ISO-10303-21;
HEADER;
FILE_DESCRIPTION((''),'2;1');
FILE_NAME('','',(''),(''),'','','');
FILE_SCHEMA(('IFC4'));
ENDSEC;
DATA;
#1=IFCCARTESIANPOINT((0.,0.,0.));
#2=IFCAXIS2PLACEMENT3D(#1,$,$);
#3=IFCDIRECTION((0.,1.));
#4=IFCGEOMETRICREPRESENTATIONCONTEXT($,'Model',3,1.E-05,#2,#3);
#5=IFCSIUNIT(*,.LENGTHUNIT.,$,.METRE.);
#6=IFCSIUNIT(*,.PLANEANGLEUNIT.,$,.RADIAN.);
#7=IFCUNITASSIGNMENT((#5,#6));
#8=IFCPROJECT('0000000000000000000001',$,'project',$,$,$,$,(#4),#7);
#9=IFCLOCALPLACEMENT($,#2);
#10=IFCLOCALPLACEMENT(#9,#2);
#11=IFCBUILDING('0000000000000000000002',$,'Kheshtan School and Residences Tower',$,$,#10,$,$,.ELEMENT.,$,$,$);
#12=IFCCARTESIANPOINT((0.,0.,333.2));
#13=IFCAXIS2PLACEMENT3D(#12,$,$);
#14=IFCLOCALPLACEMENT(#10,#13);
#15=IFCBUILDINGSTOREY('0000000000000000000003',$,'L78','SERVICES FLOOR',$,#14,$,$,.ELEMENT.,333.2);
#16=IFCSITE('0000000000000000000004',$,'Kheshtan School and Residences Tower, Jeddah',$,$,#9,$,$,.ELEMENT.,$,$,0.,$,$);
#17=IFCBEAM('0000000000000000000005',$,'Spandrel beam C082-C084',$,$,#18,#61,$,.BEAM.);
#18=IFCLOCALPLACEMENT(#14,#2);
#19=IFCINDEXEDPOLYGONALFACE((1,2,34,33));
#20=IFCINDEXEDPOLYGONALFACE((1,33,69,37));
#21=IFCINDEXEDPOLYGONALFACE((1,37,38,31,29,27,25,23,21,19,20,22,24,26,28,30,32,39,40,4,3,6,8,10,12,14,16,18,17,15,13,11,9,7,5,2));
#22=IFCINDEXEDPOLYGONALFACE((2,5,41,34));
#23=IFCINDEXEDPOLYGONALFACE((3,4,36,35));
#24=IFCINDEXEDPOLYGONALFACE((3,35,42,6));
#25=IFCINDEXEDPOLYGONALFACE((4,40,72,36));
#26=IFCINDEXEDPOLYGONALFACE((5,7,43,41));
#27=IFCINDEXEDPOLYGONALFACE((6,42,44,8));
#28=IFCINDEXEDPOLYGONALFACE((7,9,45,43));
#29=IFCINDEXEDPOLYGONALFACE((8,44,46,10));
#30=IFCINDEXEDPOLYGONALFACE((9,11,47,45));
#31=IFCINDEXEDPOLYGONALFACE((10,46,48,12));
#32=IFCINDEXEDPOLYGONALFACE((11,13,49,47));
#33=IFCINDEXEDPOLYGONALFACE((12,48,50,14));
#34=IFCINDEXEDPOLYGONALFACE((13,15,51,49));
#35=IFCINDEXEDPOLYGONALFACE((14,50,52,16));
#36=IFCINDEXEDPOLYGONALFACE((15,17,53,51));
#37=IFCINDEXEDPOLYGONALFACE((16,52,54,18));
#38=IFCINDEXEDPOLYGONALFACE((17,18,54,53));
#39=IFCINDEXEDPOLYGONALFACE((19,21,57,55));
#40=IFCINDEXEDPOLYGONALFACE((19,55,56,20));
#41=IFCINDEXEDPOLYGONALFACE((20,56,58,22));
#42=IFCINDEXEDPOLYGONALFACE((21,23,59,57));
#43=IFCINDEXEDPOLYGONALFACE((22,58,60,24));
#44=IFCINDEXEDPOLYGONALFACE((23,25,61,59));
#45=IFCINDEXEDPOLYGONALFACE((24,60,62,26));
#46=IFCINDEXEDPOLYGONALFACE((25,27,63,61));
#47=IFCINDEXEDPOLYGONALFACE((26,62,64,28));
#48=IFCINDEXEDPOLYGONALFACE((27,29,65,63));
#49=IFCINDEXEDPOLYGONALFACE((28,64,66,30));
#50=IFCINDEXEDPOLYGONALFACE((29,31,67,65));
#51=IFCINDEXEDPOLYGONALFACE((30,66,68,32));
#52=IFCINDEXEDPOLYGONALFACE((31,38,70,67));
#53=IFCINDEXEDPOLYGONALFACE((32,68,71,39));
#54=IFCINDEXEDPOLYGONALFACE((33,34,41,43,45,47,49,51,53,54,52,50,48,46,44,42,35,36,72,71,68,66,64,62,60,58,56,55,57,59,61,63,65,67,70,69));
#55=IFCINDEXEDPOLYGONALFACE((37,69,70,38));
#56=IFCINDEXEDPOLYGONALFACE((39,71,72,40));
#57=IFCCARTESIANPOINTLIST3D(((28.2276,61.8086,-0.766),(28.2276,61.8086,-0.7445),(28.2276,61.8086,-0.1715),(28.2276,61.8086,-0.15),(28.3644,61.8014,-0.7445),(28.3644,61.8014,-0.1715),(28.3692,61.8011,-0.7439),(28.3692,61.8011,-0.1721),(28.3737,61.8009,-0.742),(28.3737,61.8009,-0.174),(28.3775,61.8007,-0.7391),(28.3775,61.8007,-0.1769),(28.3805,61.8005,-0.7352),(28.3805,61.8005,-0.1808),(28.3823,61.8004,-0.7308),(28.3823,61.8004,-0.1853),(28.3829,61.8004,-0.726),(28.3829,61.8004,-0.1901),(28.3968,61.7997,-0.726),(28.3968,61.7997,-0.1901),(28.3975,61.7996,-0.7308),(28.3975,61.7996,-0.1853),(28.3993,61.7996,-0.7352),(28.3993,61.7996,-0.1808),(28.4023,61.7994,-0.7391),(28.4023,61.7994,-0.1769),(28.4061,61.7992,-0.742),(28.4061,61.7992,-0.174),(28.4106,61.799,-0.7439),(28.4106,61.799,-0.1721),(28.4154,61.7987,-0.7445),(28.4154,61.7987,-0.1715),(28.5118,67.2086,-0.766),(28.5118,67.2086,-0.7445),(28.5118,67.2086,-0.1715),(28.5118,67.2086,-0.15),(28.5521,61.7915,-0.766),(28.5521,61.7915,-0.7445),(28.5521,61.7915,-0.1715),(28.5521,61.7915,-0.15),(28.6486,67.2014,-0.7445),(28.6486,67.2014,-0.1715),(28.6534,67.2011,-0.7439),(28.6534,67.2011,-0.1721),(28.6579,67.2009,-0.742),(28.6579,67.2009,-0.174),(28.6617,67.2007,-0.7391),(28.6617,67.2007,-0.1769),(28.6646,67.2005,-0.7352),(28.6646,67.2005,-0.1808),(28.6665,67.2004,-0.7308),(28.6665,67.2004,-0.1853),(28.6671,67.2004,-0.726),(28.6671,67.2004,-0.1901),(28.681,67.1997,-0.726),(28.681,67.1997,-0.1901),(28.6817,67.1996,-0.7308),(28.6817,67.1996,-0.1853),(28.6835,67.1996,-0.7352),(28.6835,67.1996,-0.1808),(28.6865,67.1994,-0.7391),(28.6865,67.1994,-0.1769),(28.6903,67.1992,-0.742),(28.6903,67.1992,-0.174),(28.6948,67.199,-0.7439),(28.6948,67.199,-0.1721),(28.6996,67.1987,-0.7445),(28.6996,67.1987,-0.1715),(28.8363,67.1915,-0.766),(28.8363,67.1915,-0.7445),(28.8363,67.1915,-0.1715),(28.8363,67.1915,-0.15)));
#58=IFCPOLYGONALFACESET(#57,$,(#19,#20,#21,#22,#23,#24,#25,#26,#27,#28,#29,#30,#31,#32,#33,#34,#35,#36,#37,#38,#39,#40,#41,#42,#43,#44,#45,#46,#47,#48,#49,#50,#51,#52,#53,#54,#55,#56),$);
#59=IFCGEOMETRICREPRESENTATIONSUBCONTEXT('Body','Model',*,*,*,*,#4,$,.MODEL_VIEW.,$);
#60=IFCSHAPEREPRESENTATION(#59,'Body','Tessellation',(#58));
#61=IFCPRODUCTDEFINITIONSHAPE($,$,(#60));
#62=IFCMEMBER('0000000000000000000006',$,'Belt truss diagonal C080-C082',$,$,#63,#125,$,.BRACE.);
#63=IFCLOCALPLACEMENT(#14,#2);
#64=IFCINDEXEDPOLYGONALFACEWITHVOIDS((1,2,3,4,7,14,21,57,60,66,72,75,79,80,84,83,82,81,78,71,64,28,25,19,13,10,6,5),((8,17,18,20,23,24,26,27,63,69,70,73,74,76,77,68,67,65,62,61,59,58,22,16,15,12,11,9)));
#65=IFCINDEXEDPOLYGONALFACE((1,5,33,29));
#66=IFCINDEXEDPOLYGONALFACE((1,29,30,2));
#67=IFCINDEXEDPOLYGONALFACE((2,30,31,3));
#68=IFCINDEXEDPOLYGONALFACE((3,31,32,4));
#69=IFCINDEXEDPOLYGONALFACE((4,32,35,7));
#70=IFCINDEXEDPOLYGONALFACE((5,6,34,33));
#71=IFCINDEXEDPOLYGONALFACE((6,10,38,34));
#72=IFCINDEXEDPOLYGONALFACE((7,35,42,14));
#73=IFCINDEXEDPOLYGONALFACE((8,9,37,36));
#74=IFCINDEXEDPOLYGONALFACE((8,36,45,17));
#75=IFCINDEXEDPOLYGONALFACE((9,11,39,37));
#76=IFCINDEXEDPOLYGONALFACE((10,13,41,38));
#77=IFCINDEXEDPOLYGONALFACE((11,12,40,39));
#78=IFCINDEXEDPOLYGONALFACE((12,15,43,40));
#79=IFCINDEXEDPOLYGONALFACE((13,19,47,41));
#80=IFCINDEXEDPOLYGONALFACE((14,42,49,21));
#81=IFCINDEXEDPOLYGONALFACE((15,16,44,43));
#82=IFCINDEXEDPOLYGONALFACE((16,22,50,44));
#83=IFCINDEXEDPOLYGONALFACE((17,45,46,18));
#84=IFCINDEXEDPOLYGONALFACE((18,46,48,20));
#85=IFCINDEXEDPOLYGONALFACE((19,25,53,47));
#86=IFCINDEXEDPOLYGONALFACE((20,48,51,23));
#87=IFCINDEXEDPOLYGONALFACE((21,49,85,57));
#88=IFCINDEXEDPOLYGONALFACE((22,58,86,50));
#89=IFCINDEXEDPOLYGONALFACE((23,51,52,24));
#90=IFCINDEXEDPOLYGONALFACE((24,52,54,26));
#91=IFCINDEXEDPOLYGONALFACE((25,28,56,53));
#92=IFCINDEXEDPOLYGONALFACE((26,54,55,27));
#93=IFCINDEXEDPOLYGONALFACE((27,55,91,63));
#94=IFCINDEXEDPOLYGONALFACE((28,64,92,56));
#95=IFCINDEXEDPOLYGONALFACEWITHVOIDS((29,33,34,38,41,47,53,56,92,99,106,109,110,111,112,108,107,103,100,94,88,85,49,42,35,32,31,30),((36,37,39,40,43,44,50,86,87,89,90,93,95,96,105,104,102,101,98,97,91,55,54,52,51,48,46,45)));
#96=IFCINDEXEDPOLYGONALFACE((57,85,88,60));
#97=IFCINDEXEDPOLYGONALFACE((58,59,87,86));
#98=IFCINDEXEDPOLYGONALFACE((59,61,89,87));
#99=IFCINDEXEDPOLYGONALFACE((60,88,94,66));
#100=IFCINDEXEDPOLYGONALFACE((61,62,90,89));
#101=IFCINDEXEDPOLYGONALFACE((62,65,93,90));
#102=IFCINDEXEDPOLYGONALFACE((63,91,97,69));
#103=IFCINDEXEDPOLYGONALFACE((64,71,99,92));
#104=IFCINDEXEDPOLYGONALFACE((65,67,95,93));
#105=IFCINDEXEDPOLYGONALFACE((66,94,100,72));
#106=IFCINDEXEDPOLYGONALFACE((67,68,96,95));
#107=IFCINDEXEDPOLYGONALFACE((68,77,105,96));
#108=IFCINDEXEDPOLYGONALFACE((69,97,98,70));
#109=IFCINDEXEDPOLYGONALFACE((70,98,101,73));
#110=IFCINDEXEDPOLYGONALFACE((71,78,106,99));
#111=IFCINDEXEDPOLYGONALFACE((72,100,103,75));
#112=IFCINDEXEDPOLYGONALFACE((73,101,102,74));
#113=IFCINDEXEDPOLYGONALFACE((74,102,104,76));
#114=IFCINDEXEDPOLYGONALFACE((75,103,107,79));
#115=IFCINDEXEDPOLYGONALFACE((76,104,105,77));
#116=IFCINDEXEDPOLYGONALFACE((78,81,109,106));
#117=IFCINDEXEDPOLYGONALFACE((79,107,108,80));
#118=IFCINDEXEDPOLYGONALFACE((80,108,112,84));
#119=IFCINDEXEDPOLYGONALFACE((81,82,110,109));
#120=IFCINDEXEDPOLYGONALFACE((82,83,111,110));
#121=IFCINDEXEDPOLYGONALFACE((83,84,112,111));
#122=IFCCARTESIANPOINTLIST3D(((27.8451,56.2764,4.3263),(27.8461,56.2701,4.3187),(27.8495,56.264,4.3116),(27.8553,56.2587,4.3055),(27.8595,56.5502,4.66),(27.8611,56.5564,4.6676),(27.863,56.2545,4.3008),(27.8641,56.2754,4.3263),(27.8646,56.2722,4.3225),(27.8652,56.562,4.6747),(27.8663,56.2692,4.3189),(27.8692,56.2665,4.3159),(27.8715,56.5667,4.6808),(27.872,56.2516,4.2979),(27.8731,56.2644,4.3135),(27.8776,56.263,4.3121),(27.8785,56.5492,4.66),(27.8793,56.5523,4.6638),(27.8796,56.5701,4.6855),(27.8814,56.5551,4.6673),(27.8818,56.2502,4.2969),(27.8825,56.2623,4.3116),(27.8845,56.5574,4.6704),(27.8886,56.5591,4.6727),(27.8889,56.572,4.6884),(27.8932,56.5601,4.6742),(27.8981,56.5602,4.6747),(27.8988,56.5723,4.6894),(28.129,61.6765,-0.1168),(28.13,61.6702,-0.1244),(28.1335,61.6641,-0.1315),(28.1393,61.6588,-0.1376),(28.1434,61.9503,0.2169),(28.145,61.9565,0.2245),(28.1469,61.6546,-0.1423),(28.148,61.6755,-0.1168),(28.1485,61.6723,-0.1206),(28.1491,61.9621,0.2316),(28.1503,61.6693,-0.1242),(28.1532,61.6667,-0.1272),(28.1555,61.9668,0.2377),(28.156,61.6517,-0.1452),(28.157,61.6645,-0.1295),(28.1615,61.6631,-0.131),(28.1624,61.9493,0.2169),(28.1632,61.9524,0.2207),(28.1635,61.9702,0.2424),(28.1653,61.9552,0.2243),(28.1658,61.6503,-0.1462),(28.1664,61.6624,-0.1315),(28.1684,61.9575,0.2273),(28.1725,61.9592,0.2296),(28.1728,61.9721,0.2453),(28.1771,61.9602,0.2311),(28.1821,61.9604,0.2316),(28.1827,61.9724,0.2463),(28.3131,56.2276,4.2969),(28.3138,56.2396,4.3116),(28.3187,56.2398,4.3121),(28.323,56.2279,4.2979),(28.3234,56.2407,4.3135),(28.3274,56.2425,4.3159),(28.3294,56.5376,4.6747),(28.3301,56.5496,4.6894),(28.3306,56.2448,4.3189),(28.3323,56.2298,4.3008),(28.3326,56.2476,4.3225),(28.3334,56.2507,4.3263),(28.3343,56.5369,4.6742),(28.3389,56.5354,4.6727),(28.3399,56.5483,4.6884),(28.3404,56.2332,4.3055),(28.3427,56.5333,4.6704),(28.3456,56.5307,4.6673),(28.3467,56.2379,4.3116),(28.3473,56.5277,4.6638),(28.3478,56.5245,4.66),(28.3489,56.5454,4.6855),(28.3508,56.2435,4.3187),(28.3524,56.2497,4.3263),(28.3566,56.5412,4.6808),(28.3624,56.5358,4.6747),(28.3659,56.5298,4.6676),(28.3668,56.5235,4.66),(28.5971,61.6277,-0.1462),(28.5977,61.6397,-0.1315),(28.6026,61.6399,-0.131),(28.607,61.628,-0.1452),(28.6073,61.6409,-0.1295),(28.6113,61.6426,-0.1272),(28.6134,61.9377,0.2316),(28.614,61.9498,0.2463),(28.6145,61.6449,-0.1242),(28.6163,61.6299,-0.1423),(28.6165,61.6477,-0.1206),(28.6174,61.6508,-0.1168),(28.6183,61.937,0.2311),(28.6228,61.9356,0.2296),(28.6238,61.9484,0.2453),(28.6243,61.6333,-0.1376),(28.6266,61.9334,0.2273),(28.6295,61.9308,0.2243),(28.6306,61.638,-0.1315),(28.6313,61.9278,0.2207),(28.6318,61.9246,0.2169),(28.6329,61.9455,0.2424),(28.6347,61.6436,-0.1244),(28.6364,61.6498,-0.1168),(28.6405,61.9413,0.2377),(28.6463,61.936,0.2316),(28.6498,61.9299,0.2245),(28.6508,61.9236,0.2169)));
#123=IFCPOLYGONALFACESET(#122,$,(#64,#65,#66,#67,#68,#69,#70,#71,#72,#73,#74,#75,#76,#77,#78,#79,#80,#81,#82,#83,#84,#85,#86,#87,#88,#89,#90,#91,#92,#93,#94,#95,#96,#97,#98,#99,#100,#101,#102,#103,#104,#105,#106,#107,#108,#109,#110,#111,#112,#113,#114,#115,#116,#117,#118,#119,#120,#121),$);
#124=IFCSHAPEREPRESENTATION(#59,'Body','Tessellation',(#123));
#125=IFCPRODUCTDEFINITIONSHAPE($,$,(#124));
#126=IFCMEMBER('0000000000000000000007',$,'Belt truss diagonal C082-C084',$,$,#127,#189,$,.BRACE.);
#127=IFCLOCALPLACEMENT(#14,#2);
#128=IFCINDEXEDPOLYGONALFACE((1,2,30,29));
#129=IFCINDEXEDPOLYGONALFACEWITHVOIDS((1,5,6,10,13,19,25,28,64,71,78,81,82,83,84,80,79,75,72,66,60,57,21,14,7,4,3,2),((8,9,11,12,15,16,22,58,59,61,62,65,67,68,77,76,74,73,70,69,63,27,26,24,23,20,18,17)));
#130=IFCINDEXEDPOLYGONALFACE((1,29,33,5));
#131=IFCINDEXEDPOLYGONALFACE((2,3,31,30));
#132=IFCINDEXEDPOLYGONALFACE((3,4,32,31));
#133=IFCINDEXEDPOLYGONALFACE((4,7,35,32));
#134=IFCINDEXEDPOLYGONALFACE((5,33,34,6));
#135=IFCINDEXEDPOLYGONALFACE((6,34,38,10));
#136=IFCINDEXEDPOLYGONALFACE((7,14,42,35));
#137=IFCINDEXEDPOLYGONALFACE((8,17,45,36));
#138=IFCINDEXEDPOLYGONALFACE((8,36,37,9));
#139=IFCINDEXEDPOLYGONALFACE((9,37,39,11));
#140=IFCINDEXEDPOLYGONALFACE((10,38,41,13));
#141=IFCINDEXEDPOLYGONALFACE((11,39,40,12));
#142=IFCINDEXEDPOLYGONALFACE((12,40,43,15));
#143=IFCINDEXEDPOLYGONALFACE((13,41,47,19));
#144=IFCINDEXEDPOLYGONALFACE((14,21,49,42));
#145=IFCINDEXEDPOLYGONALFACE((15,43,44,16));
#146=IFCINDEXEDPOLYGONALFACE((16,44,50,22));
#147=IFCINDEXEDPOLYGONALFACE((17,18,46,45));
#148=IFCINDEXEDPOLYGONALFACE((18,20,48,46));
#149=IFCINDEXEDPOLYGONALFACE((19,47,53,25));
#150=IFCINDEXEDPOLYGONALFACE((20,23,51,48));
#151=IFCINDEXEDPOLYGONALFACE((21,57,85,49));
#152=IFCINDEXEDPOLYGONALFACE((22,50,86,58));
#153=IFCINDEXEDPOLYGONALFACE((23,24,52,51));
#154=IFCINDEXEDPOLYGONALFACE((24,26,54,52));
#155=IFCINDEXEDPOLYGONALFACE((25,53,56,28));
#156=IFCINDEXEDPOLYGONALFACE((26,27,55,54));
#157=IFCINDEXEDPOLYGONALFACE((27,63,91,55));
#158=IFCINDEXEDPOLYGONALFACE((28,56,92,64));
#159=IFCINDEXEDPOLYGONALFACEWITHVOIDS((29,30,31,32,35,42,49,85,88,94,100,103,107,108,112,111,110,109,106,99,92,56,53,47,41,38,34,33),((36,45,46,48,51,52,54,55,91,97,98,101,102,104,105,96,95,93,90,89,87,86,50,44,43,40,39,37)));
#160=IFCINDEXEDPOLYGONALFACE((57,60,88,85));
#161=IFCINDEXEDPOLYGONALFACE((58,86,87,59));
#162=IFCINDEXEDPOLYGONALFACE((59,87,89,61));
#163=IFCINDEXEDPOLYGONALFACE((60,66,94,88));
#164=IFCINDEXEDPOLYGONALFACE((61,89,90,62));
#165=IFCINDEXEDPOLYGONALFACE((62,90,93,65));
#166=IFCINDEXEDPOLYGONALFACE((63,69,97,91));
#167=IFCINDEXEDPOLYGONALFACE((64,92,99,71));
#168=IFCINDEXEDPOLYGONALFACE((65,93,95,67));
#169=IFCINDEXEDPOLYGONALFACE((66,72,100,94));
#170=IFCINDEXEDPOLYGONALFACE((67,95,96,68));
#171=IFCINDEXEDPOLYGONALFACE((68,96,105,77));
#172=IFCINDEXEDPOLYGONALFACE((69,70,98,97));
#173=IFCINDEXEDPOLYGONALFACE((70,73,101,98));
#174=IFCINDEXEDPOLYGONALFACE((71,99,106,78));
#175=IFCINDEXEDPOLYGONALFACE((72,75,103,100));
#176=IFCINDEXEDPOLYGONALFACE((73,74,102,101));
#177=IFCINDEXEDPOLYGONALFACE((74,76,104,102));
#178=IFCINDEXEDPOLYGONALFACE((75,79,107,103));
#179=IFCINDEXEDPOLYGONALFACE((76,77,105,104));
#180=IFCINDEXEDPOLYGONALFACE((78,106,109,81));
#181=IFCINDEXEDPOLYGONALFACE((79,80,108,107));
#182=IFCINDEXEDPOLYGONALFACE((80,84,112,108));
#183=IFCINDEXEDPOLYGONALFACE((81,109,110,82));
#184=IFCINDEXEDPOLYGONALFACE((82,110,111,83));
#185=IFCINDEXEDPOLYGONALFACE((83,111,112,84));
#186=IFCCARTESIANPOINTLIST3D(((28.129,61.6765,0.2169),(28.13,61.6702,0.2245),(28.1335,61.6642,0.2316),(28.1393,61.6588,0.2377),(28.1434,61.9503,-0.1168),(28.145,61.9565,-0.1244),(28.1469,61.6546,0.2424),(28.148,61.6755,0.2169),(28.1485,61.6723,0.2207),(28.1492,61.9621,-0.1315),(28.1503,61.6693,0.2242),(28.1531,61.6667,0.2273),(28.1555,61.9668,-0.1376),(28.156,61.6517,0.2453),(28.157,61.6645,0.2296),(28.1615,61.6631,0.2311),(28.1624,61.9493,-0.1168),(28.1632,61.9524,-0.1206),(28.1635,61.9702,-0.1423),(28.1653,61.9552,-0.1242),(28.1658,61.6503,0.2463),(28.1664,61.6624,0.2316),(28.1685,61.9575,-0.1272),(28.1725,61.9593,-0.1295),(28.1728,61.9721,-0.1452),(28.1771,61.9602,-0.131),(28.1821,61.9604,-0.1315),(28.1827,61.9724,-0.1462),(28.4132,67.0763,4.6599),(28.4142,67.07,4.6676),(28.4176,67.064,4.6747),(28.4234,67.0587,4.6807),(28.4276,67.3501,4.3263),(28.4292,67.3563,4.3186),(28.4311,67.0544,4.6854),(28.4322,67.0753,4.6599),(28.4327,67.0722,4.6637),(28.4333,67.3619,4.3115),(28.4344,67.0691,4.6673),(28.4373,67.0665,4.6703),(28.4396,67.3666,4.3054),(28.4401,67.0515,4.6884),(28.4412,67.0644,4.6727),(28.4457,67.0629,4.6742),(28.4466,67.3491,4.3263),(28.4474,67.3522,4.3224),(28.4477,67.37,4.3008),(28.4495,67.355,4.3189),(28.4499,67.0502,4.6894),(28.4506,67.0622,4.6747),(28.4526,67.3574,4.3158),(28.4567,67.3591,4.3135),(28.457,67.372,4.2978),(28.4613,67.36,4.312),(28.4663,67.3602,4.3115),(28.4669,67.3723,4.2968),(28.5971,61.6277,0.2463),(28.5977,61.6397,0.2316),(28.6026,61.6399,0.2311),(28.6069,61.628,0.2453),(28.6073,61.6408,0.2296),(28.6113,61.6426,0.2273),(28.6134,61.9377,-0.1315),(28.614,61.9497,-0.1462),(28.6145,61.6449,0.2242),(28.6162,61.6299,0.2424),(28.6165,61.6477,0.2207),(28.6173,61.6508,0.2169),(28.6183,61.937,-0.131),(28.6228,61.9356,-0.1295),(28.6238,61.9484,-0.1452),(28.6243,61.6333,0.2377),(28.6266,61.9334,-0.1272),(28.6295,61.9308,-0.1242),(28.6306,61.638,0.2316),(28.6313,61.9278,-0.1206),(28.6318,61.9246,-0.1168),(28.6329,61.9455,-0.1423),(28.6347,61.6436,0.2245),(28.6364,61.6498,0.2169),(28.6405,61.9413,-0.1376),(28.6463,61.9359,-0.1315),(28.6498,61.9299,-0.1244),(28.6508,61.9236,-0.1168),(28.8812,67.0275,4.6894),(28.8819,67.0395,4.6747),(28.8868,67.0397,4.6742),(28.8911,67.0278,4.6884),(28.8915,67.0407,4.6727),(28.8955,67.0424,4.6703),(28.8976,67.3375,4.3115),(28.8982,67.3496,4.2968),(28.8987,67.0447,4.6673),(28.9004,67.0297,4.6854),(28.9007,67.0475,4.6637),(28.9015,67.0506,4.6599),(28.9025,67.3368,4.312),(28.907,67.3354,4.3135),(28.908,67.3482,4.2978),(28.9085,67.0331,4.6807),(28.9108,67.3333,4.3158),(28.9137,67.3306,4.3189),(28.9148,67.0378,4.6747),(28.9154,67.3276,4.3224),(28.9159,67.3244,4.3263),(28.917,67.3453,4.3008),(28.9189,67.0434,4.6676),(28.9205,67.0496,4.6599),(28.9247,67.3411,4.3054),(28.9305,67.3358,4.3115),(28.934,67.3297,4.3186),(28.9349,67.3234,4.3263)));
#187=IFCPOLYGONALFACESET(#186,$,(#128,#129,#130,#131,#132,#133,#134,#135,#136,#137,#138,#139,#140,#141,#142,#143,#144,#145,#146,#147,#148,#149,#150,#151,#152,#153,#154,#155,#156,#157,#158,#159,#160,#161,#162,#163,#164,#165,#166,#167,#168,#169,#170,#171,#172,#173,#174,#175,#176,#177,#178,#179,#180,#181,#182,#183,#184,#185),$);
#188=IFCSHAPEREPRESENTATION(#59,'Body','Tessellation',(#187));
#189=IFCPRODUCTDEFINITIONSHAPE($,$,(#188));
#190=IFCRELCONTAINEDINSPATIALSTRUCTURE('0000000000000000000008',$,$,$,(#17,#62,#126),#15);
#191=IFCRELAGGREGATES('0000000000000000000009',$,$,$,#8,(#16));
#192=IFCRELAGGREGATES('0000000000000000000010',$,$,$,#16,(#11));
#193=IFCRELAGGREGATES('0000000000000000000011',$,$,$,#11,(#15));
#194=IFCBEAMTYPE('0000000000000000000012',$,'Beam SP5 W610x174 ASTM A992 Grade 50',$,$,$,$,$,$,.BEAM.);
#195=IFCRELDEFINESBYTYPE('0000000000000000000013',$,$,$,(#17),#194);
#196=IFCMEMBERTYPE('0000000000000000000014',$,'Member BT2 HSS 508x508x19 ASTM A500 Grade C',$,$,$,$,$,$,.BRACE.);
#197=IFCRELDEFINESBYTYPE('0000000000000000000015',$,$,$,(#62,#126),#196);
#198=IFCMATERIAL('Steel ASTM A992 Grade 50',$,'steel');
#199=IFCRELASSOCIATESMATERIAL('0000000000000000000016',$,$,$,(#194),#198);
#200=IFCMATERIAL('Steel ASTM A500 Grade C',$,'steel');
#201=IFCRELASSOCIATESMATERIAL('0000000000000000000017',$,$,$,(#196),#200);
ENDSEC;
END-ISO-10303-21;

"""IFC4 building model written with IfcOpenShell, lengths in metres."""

from ifc_helpers import new_model, si_unit, direction, frame, origin, origin_2d, place, context, subcontext, project, spatial, hollow_rectangle, i_section, extrude, material, material_profile, profile_set, type_object, element, save


model = new_model("IFC4")

# Units and contexts
model_context = context("Model", 3, precision=1e-05, world=origin(), true_north=direction((0.0, 1.0)))
body_context = subcontext(model_context, "Body", "Model", "MODEL_VIEW")
ifc_project = project(units=[si_unit("LENGTHUNIT", "METRE"), si_unit("PLANEANGLEUNIT", "RADIAN")], contexts=[model_context])

# Site, building, storey
site_placement = place(None, origin())
site = spatial("IfcSite", under=ifc_project, at=site_placement, Name="Kheshtan School and Residences Tower, Jeddah", CompositionType="ELEMENT", RefElevation=0.0)
building_placement = place(site_placement, origin())
building = spatial("IfcBuilding", under=site, at=building_placement, Name="Kheshtan School and Residences Tower", CompositionType="ELEMENT")
storey_placement = place(building_placement, frame((0.0, 0.0, 333.2)))
storey = spatial("IfcBuildingStorey", under=building, at=storey_placement, Name="L78", Description="SERVICES FLOOR", CompositionType="ELEMENT", Elevation=333.2)

# Shared definitions
ifc_material_1 = material(Name="Steel ASTM A992 Grade 50", Category="steel")

# Beam
ifc_material_profile_1 = material_profile(ifc_material_1, i_section(OverallWidth=0.325, OverallDepth=0.616, WebThickness=0.0139, FlangeThickness=0.0215, FilletRadius=0.0186, at=origin_2d()), Name="W610x174")
ifc_profile_set_1 = profile_set([ifc_material_profile_1], Name="Steel ASTM A992 Grade 50")
beam_type_1 = type_object("IfcBeamType", Name="Beam SP5 W610x174 ASTM A992 Grade 50", PredefinedType="BEAM", material=ifc_profile_set_1)
beam_1_placement = place(storey_placement, frame((28.3899, 61.8, -0.458), z_axis=(0.052554, 0.998618, 0.0), x_axis=(-0.998618, 0.052554, 0.0)))
element("IfcBeam", 1, at=beam_1_placement, inside=storey, type_object=beam_type_1, Name="Spandrel beam C082-C084", PredefinedType="BEAM", context=body_context, shape_type="SweptSolid", body=[
    extrude(i_section(OverallWidth=0.325, OverallDepth=0.616, WebThickness=0.0139, FlangeThickness=0.0215, FilletRadius=0.0186, at=origin_2d()), origin(), (0.0, 0.0, 1.0), 5.4075),
])

# Members
ifc_material_2 = material(Name="Steel ASTM A500 Grade C", Category="steel")
ifc_material_profile_2 = material_profile(ifc_material_2, hollow_rectangle(XDim=0.5081, YDim=0.5081, WallThickness=0.019, InnerFilletRadius=0.019, OuterFilletRadius=0.0381, at=origin_2d()), Name="HSS 508x508x19")
ifc_profile_set_2 = profile_set([ifc_material_profile_2], Name="Steel ASTM A500 Grade C")
member_type = type_object("IfcMemberType", Name="Member BT2 HSS 508x508x19 ASTM A500 Grade C", PredefinedType="BRACE", material=ifc_profile_set_2)
member_1_placement = place(storey_placement, frame((28.3899, 61.8, 0.05), z_axis=(-0.040569, -0.77158, 0.634838), x_axis=(0.998621, -0.052507, 0.0)))
element("IfcMember", 2, at=member_1_placement, inside=storey, type_object=member_type, Name="Belt truss diagonal C080-C082", PredefinedType="BRACE", context=body_context, shape_type="SweptSolid", body=[
    extrude(hollow_rectangle(XDim=0.5081, YDim=0.5081, WallThickness=0.019, InnerFilletRadius=0.019, OuterFilletRadius=0.0381, at=origin_2d()), origin(), (0.0, 0.0, 1.0), 6.9988),
])
member_2_placement = place(storey_placement, frame((28.3899, 61.8, 0.05), z_axis=(0.040605, 0.771564, 0.634854), x_axis=(-0.998618, 0.052554, 0.0)))
element("IfcMember", 3, at=member_2_placement, inside=storey, type_object=member_type, Name="Belt truss diagonal C082-C084", PredefinedType="BRACE", context=body_context, shape_type="SweptSolid", body=[
    extrude(hollow_rectangle(XDim=0.5081, YDim=0.5081, WallThickness=0.019, InnerFilletRadius=0.019, OuterFilletRadius=0.0381, at=origin_2d()), origin(), (0.0, 0.0, 1.0), 6.9985),
])

save(model, "model.ifc")
